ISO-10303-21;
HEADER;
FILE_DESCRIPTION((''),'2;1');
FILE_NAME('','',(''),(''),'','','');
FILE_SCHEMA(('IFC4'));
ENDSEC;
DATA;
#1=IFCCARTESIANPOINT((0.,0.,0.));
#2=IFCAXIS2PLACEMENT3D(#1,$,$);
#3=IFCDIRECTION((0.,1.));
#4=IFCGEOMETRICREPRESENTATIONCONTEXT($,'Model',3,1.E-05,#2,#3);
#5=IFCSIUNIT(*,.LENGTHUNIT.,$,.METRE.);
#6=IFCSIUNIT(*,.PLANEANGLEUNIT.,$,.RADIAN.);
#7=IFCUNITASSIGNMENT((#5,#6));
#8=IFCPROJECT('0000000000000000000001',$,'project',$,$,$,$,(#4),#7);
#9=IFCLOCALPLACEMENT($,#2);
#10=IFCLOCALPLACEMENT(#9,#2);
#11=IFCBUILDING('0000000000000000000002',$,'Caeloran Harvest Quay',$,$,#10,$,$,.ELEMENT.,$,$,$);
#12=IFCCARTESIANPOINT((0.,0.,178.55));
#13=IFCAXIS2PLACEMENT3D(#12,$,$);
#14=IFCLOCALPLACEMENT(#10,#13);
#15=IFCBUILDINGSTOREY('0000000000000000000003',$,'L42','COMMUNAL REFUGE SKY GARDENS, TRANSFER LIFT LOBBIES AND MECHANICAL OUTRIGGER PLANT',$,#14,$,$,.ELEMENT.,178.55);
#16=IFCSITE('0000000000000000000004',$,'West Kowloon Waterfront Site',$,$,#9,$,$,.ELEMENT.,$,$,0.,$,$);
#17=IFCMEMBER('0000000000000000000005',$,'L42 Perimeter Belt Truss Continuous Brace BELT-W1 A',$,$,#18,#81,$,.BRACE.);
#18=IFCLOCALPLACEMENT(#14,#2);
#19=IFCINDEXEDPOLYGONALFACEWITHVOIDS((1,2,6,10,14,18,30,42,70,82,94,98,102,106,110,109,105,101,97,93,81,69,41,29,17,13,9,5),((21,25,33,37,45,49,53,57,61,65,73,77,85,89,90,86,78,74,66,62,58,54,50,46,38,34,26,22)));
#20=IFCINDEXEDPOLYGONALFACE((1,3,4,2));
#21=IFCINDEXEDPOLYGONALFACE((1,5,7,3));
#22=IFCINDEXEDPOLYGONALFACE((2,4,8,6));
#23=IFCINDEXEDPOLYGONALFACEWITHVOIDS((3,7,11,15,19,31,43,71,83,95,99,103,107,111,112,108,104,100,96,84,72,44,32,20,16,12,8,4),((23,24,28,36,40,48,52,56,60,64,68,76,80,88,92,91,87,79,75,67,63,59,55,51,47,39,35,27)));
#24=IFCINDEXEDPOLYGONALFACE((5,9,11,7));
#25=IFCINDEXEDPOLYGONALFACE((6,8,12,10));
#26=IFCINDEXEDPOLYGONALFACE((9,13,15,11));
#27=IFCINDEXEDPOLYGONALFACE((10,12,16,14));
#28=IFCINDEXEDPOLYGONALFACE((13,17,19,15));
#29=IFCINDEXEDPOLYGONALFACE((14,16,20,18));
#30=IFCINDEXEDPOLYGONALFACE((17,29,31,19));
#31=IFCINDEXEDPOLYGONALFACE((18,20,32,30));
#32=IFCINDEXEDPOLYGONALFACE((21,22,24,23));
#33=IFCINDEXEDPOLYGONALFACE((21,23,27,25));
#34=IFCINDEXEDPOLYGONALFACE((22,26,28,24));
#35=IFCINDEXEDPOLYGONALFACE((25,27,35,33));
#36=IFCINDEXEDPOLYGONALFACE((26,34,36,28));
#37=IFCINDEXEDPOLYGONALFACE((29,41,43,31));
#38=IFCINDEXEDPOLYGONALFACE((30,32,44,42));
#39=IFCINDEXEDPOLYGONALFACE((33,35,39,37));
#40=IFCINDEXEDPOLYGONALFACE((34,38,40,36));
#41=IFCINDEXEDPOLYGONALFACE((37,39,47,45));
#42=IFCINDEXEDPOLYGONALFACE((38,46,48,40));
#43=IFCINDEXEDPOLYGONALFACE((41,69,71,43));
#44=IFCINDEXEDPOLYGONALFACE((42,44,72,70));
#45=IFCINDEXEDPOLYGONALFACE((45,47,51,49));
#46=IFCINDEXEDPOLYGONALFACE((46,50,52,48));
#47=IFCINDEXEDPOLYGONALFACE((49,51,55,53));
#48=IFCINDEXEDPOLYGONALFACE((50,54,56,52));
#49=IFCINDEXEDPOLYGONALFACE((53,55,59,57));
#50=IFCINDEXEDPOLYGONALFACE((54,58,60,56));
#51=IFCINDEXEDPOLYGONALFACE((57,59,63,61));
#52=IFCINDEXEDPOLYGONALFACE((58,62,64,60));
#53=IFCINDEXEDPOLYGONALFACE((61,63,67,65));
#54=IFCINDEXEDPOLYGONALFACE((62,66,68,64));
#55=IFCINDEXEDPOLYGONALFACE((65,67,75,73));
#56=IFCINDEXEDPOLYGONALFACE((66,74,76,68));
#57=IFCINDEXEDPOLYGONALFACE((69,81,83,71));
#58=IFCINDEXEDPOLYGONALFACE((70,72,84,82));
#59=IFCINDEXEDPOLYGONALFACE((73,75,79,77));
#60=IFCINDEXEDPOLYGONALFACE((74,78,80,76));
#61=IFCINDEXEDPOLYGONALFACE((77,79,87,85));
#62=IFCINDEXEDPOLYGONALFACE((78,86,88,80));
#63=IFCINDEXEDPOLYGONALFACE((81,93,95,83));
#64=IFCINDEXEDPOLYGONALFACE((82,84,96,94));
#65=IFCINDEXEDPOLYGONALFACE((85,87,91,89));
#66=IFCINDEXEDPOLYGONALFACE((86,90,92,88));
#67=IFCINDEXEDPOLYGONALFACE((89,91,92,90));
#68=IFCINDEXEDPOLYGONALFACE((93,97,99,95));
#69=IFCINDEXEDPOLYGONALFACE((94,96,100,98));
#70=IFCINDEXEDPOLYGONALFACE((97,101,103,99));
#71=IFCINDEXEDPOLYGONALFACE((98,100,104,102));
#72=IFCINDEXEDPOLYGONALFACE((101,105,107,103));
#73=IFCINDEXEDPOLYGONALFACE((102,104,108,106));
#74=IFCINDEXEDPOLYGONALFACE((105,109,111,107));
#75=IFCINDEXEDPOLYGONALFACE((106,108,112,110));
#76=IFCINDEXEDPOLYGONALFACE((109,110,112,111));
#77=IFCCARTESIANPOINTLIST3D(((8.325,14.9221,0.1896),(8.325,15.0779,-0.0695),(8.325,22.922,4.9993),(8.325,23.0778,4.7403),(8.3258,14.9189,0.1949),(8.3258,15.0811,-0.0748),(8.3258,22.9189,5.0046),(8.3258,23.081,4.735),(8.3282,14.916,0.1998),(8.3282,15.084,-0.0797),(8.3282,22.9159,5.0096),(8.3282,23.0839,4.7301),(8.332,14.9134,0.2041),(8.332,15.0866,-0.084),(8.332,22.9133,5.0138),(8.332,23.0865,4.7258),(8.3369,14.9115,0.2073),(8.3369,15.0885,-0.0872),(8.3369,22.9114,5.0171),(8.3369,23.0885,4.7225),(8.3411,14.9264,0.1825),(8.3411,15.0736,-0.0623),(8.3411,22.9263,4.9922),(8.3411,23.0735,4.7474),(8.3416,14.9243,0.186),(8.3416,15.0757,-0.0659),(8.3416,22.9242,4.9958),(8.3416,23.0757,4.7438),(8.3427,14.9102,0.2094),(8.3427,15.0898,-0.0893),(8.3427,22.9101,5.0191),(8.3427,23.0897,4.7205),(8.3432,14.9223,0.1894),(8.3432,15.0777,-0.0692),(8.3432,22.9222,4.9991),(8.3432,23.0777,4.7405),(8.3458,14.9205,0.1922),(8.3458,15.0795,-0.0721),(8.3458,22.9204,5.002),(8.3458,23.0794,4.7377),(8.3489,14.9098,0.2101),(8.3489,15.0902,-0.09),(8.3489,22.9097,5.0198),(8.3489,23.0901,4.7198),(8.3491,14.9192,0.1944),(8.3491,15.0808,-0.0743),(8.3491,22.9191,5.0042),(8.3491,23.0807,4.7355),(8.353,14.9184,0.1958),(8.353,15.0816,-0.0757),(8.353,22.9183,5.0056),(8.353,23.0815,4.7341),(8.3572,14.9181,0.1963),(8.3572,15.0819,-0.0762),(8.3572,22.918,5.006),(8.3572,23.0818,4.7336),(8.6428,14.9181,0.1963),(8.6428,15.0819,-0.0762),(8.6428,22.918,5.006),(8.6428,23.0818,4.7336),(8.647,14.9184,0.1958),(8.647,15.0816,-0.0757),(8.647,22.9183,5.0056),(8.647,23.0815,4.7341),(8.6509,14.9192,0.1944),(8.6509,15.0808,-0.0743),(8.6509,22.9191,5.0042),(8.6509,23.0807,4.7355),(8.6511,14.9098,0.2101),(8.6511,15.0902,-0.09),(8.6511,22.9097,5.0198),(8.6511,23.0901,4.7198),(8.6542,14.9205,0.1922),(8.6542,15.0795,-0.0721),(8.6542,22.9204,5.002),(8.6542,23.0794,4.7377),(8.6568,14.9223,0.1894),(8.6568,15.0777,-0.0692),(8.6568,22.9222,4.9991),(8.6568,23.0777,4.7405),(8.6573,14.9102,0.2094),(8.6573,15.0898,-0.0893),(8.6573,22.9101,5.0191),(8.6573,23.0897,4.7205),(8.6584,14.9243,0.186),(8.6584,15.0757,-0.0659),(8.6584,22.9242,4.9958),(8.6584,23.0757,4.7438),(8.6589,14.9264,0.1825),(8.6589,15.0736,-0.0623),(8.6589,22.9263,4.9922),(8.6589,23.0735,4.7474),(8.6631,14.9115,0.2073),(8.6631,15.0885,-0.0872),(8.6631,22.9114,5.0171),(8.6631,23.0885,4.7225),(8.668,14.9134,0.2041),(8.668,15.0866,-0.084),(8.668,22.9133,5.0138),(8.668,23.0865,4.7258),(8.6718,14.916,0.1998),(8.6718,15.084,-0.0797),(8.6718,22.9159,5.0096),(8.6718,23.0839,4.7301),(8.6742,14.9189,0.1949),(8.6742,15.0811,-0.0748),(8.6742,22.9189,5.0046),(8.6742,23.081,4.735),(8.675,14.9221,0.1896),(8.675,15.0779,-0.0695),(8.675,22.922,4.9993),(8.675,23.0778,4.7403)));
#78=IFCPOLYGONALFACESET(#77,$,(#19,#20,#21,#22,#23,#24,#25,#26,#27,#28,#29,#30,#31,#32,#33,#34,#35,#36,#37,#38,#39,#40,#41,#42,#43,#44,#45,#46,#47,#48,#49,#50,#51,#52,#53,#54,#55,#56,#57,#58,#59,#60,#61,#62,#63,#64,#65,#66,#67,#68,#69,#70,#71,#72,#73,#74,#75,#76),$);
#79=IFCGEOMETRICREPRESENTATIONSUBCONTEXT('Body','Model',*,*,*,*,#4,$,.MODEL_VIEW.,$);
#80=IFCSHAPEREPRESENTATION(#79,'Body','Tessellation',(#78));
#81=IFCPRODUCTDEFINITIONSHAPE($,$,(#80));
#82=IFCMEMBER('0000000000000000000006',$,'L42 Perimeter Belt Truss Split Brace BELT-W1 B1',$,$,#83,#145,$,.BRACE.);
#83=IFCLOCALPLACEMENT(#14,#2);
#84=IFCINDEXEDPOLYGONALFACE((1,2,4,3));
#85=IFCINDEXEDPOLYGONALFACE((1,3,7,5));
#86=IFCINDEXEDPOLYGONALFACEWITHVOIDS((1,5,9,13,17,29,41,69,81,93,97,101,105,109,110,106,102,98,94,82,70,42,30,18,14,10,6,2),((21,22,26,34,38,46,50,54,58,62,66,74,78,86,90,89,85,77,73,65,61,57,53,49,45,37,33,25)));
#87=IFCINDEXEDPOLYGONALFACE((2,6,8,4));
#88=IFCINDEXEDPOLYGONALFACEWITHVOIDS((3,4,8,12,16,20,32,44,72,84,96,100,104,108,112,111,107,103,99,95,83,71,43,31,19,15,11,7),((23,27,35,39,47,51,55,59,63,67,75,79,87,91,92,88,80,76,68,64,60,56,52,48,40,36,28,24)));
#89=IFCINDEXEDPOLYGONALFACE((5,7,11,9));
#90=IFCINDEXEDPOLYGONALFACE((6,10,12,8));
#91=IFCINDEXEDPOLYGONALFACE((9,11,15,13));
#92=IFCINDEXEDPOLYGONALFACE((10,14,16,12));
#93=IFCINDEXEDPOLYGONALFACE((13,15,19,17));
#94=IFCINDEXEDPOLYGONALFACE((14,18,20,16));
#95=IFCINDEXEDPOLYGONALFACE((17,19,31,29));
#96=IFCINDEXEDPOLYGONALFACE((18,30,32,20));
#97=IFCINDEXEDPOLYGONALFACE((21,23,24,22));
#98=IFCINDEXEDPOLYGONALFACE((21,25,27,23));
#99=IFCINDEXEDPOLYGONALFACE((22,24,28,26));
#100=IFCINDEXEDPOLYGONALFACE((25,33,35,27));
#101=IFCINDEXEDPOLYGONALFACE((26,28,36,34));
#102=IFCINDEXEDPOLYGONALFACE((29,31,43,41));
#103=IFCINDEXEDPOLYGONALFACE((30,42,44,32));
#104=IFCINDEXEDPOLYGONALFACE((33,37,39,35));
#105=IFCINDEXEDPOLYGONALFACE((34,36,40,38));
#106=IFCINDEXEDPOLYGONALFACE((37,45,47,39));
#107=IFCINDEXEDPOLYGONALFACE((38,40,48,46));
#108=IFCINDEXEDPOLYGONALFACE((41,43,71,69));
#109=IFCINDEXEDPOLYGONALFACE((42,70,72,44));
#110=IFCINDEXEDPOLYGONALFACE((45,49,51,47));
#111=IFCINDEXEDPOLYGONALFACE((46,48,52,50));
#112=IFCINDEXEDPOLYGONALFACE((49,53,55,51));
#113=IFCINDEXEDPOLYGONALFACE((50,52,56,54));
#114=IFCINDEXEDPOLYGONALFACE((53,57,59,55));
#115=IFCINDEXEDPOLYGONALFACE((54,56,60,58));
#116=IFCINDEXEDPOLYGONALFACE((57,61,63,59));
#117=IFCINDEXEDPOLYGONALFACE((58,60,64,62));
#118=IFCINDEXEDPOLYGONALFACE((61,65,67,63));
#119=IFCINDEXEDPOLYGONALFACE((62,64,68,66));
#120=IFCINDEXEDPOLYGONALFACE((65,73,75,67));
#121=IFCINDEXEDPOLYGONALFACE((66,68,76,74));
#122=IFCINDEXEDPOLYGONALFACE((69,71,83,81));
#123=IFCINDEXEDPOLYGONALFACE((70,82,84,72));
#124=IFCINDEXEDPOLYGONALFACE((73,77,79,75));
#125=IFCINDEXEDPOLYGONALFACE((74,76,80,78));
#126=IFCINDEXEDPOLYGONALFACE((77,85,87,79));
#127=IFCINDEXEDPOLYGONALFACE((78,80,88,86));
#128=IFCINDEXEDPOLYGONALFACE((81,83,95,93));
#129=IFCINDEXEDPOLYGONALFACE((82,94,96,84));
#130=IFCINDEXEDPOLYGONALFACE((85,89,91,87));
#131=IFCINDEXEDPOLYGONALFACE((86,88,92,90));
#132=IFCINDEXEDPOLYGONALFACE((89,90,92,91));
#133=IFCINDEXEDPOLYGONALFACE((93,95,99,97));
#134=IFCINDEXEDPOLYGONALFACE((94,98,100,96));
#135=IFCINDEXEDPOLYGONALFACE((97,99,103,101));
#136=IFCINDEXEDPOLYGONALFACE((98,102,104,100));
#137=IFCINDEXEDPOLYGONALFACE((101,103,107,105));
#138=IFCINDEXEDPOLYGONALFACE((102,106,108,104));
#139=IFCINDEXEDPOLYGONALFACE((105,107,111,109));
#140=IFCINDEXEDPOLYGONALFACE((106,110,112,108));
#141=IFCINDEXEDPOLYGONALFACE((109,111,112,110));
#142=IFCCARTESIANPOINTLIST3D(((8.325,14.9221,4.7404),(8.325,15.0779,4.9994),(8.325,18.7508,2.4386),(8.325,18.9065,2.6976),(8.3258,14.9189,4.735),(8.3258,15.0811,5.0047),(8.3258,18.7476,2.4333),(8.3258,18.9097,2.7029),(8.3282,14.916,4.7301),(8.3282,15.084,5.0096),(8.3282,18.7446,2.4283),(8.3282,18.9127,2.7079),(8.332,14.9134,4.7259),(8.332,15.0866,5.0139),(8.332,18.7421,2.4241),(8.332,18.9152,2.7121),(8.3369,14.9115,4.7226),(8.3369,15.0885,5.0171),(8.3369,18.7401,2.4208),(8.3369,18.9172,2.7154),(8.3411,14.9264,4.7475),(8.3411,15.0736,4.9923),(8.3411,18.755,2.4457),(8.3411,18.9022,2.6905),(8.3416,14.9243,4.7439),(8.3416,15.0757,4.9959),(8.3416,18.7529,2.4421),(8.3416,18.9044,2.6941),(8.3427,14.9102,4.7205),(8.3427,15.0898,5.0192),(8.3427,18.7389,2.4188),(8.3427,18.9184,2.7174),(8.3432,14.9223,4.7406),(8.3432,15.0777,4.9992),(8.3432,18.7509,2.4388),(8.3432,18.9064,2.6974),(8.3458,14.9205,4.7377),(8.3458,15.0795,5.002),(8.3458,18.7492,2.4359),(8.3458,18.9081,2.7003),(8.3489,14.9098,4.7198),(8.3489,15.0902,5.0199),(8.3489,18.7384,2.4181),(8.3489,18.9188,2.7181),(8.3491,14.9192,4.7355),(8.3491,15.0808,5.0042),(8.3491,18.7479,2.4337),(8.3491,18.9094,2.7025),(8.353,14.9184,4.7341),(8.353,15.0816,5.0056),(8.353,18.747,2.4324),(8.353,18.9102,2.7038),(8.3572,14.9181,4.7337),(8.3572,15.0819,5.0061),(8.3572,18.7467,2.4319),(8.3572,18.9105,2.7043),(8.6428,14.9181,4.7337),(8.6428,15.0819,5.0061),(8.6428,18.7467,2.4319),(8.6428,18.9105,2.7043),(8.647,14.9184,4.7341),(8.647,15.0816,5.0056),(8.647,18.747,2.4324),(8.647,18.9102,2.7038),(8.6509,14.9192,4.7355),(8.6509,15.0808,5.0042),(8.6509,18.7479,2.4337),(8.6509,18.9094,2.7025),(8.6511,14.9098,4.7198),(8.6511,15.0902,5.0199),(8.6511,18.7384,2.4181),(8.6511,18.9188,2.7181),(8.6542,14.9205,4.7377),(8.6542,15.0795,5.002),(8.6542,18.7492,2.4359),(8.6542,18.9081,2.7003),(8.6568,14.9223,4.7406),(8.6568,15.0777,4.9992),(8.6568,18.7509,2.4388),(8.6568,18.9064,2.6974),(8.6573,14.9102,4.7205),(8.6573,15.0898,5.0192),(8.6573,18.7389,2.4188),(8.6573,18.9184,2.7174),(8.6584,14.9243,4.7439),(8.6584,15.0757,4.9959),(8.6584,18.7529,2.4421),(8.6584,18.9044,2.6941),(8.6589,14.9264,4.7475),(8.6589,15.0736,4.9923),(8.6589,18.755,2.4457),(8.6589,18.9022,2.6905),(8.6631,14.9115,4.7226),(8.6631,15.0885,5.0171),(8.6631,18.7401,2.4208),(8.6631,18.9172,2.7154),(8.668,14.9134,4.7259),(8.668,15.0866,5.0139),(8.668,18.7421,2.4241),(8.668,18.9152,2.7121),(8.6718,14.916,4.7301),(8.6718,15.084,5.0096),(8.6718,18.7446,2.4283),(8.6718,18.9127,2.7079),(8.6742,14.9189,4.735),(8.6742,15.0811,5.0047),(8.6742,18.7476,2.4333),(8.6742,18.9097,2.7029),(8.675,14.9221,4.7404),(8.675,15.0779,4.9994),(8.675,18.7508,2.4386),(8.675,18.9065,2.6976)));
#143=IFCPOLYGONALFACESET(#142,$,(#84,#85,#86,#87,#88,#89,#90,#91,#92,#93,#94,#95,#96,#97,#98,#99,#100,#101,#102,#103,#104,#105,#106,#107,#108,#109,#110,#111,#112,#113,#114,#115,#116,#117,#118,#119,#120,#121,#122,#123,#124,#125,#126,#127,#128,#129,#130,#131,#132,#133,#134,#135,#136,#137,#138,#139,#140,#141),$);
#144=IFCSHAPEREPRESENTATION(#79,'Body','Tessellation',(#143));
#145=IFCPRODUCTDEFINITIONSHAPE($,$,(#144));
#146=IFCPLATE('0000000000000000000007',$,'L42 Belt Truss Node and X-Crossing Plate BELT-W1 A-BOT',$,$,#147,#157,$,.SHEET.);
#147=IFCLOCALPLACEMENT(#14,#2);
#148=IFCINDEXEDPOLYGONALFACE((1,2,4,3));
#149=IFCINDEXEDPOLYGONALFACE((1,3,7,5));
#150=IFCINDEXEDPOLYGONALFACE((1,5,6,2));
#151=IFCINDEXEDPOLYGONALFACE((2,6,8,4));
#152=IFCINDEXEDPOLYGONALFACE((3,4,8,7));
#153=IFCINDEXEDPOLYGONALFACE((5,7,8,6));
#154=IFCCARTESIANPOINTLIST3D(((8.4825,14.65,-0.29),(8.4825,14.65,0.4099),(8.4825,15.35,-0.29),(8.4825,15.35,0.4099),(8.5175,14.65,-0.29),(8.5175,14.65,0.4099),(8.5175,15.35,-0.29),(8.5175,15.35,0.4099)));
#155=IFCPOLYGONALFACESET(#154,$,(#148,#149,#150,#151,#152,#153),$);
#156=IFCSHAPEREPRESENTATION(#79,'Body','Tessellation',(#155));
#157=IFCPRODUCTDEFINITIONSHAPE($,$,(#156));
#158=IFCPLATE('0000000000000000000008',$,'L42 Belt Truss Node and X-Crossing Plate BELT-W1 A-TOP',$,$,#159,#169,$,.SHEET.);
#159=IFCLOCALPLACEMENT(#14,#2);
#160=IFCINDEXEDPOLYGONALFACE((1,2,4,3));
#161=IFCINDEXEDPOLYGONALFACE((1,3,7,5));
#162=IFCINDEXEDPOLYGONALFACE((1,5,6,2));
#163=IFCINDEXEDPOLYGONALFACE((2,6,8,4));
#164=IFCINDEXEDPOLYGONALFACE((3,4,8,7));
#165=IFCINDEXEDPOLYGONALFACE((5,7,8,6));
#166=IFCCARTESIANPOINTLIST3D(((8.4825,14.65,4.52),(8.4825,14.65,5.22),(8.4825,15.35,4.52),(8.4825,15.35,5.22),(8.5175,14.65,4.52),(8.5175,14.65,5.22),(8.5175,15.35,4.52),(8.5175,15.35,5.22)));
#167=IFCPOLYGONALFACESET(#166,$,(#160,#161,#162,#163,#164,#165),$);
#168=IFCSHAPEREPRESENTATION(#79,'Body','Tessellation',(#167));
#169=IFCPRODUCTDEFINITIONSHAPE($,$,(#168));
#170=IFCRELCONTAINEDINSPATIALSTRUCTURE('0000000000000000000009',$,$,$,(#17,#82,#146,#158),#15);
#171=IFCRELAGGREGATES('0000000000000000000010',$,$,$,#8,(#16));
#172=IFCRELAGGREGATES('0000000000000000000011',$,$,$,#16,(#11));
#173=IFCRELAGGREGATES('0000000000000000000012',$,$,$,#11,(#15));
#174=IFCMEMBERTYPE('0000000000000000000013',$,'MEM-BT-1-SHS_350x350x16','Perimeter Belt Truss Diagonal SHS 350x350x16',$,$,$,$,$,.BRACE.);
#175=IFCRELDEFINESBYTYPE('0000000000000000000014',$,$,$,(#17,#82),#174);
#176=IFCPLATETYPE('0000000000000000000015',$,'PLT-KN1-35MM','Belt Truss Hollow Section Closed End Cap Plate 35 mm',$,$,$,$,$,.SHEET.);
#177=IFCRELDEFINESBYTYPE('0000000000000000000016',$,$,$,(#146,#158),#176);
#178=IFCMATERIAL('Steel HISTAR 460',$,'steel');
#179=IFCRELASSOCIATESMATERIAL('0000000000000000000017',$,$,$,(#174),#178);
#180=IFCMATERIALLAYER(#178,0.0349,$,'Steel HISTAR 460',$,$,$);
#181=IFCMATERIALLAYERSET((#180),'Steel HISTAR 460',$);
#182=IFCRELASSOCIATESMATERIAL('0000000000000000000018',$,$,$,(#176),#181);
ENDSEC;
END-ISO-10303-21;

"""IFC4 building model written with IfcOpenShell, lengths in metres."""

from ifc_helpers import new_model, si_unit, direction, frame, origin, origin_2d, place, context, subcontext, project, spatial, rectangle, hollow_rectangle, extrude, material, layer, layer_set, material_profile, profile_set, type_object, element, save


model = new_model("IFC4")

# Units and contexts
model_context = context("Model", 3, precision=1e-05, world=origin(), true_north=direction((0.0, 1.0)))
body_context = subcontext(model_context, "Body", "Model", "MODEL_VIEW")
ifc_project = project(units=[si_unit("LENGTHUNIT", "METRE"), si_unit("PLANEANGLEUNIT", "RADIAN")], contexts=[model_context])

# Site, building, storey
site_placement = place(None, origin())
site = spatial("IfcSite", under=ifc_project, at=site_placement, Name="West Kowloon Waterfront Site", CompositionType="ELEMENT", RefElevation=0.0)
building_placement = place(site_placement, origin())
building = spatial("IfcBuilding", under=site, at=building_placement, Name="Caeloran Harvest Quay", CompositionType="ELEMENT")
storey_placement = place(building_placement, frame((0.0, 0.0, 178.55)))
storey = spatial("IfcBuildingStorey", under=building, at=storey_placement, Name="L42", Description="COMMUNAL REFUGE SKY GARDENS, TRANSFER LIFT LOBBIES AND MECHANICAL OUTRIGGER PLANT", CompositionType="ELEMENT", Elevation=178.55)

# Members
ifc_material_1 = material(Name="Steel HISTAR 460", Category="steel")
ifc_material_profile_1 = material_profile(ifc_material_1, hollow_rectangle(XDim=0.3501, YDim=0.3501, WallThickness=0.0161, InnerFilletRadius=0.0161, OuterFilletRadius=0.0239, at=origin_2d()), Name="SHS 350x350x16")
ifc_profile_set_1 = profile_set([ifc_material_profile_1], Name="Steel HISTAR 460")
member_type = type_object("IfcMemberType", Name="MEM-BT-1-SHS_350x350x16", Description="Perimeter Belt Truss Diagonal SHS 350x350x16", PredefinedType="BRACE", material=ifc_profile_set_1)
member_1_placement = place(storey_placement, frame((8.5, 15.0, 0.0601), z_axis=(0.0, 0.857029, 0.515269), x_axis=(-1.0, 0.0, 0.0)))
element("IfcMember", 1, at=member_1_placement, inside=storey, type_object=member_type, Name="L42 Perimeter Belt Truss Continuous Brace BELT-W1 A", PredefinedType="BRACE", context=body_context, shape_type="SweptSolid", body=[
    extrude(hollow_rectangle(XDim=0.3501, YDim=0.3501, WallThickness=0.0161, InnerFilletRadius=0.0161, OuterFilletRadius=0.0239, at=origin_2d()), origin(), (0.0, 0.0, 1.0), 9.3345),
])
member_2_placement = place(storey_placement, frame((8.5, 15.0, 4.8699), z_axis=(0.0, 0.857039, -0.515251), x_axis=(-1.0, 0.0, 0.0)))
element("IfcMember", 2, at=member_2_placement, inside=storey, type_object=member_type, Name="L42 Perimeter Belt Truss Split Brace BELT-W1 B1", PredefinedType="BRACE", context=body_context, shape_type="SweptSolid", body=[
    extrude(hollow_rectangle(XDim=0.3501, YDim=0.3501, WallThickness=0.0161, InnerFilletRadius=0.0161, OuterFilletRadius=0.0239, at=origin_2d()), origin(), (0.0, 0.0, 1.0), 4.4673),
])

# Plates
ifc_layer_1 = layer(ifc_material_1, 0.0349, Name="Steel HISTAR 460")
ifc_layer_set_1 = layer_set([ifc_layer_1], Name="Steel HISTAR 460")
plate_type = type_object("IfcPlateType", Name="PLT-KN1-35MM", Description="Belt Truss Hollow Section Closed End Cap Plate 35 mm", PredefinedType="SHEET", material=ifc_layer_set_1)
for number, where, z_axis, x_axis, name in (
    (3, (8.5, 15.0, -0.29), (0.0, 0.0, 1.0), (0.0, 1.0, 0.0), "L42 Belt Truss Node and X-Crossing Plate BELT-W1 A-BOT"),
    (4, (8.5, 15.0, 4.52), (0.0, 0.0, 1.0), (0.0, 1.0, 0.0), "L42 Belt Truss Node and X-Crossing Plate BELT-W1 A-TOP"),
):
    element("IfcPlate", number, at=place(storey_placement, frame(where, z_axis=z_axis, x_axis=x_axis)), inside=storey, type_object=plate_type, Name=name, PredefinedType="SHEET", context=body_context, shape_type="SweptSolid", body=[
        extrude(rectangle(XDim=0.7, YDim=0.0349, at=origin_2d()), origin(), (0.0, 0.0, 1.0), 0.7),
    ])

save(model, "model.ifc")
